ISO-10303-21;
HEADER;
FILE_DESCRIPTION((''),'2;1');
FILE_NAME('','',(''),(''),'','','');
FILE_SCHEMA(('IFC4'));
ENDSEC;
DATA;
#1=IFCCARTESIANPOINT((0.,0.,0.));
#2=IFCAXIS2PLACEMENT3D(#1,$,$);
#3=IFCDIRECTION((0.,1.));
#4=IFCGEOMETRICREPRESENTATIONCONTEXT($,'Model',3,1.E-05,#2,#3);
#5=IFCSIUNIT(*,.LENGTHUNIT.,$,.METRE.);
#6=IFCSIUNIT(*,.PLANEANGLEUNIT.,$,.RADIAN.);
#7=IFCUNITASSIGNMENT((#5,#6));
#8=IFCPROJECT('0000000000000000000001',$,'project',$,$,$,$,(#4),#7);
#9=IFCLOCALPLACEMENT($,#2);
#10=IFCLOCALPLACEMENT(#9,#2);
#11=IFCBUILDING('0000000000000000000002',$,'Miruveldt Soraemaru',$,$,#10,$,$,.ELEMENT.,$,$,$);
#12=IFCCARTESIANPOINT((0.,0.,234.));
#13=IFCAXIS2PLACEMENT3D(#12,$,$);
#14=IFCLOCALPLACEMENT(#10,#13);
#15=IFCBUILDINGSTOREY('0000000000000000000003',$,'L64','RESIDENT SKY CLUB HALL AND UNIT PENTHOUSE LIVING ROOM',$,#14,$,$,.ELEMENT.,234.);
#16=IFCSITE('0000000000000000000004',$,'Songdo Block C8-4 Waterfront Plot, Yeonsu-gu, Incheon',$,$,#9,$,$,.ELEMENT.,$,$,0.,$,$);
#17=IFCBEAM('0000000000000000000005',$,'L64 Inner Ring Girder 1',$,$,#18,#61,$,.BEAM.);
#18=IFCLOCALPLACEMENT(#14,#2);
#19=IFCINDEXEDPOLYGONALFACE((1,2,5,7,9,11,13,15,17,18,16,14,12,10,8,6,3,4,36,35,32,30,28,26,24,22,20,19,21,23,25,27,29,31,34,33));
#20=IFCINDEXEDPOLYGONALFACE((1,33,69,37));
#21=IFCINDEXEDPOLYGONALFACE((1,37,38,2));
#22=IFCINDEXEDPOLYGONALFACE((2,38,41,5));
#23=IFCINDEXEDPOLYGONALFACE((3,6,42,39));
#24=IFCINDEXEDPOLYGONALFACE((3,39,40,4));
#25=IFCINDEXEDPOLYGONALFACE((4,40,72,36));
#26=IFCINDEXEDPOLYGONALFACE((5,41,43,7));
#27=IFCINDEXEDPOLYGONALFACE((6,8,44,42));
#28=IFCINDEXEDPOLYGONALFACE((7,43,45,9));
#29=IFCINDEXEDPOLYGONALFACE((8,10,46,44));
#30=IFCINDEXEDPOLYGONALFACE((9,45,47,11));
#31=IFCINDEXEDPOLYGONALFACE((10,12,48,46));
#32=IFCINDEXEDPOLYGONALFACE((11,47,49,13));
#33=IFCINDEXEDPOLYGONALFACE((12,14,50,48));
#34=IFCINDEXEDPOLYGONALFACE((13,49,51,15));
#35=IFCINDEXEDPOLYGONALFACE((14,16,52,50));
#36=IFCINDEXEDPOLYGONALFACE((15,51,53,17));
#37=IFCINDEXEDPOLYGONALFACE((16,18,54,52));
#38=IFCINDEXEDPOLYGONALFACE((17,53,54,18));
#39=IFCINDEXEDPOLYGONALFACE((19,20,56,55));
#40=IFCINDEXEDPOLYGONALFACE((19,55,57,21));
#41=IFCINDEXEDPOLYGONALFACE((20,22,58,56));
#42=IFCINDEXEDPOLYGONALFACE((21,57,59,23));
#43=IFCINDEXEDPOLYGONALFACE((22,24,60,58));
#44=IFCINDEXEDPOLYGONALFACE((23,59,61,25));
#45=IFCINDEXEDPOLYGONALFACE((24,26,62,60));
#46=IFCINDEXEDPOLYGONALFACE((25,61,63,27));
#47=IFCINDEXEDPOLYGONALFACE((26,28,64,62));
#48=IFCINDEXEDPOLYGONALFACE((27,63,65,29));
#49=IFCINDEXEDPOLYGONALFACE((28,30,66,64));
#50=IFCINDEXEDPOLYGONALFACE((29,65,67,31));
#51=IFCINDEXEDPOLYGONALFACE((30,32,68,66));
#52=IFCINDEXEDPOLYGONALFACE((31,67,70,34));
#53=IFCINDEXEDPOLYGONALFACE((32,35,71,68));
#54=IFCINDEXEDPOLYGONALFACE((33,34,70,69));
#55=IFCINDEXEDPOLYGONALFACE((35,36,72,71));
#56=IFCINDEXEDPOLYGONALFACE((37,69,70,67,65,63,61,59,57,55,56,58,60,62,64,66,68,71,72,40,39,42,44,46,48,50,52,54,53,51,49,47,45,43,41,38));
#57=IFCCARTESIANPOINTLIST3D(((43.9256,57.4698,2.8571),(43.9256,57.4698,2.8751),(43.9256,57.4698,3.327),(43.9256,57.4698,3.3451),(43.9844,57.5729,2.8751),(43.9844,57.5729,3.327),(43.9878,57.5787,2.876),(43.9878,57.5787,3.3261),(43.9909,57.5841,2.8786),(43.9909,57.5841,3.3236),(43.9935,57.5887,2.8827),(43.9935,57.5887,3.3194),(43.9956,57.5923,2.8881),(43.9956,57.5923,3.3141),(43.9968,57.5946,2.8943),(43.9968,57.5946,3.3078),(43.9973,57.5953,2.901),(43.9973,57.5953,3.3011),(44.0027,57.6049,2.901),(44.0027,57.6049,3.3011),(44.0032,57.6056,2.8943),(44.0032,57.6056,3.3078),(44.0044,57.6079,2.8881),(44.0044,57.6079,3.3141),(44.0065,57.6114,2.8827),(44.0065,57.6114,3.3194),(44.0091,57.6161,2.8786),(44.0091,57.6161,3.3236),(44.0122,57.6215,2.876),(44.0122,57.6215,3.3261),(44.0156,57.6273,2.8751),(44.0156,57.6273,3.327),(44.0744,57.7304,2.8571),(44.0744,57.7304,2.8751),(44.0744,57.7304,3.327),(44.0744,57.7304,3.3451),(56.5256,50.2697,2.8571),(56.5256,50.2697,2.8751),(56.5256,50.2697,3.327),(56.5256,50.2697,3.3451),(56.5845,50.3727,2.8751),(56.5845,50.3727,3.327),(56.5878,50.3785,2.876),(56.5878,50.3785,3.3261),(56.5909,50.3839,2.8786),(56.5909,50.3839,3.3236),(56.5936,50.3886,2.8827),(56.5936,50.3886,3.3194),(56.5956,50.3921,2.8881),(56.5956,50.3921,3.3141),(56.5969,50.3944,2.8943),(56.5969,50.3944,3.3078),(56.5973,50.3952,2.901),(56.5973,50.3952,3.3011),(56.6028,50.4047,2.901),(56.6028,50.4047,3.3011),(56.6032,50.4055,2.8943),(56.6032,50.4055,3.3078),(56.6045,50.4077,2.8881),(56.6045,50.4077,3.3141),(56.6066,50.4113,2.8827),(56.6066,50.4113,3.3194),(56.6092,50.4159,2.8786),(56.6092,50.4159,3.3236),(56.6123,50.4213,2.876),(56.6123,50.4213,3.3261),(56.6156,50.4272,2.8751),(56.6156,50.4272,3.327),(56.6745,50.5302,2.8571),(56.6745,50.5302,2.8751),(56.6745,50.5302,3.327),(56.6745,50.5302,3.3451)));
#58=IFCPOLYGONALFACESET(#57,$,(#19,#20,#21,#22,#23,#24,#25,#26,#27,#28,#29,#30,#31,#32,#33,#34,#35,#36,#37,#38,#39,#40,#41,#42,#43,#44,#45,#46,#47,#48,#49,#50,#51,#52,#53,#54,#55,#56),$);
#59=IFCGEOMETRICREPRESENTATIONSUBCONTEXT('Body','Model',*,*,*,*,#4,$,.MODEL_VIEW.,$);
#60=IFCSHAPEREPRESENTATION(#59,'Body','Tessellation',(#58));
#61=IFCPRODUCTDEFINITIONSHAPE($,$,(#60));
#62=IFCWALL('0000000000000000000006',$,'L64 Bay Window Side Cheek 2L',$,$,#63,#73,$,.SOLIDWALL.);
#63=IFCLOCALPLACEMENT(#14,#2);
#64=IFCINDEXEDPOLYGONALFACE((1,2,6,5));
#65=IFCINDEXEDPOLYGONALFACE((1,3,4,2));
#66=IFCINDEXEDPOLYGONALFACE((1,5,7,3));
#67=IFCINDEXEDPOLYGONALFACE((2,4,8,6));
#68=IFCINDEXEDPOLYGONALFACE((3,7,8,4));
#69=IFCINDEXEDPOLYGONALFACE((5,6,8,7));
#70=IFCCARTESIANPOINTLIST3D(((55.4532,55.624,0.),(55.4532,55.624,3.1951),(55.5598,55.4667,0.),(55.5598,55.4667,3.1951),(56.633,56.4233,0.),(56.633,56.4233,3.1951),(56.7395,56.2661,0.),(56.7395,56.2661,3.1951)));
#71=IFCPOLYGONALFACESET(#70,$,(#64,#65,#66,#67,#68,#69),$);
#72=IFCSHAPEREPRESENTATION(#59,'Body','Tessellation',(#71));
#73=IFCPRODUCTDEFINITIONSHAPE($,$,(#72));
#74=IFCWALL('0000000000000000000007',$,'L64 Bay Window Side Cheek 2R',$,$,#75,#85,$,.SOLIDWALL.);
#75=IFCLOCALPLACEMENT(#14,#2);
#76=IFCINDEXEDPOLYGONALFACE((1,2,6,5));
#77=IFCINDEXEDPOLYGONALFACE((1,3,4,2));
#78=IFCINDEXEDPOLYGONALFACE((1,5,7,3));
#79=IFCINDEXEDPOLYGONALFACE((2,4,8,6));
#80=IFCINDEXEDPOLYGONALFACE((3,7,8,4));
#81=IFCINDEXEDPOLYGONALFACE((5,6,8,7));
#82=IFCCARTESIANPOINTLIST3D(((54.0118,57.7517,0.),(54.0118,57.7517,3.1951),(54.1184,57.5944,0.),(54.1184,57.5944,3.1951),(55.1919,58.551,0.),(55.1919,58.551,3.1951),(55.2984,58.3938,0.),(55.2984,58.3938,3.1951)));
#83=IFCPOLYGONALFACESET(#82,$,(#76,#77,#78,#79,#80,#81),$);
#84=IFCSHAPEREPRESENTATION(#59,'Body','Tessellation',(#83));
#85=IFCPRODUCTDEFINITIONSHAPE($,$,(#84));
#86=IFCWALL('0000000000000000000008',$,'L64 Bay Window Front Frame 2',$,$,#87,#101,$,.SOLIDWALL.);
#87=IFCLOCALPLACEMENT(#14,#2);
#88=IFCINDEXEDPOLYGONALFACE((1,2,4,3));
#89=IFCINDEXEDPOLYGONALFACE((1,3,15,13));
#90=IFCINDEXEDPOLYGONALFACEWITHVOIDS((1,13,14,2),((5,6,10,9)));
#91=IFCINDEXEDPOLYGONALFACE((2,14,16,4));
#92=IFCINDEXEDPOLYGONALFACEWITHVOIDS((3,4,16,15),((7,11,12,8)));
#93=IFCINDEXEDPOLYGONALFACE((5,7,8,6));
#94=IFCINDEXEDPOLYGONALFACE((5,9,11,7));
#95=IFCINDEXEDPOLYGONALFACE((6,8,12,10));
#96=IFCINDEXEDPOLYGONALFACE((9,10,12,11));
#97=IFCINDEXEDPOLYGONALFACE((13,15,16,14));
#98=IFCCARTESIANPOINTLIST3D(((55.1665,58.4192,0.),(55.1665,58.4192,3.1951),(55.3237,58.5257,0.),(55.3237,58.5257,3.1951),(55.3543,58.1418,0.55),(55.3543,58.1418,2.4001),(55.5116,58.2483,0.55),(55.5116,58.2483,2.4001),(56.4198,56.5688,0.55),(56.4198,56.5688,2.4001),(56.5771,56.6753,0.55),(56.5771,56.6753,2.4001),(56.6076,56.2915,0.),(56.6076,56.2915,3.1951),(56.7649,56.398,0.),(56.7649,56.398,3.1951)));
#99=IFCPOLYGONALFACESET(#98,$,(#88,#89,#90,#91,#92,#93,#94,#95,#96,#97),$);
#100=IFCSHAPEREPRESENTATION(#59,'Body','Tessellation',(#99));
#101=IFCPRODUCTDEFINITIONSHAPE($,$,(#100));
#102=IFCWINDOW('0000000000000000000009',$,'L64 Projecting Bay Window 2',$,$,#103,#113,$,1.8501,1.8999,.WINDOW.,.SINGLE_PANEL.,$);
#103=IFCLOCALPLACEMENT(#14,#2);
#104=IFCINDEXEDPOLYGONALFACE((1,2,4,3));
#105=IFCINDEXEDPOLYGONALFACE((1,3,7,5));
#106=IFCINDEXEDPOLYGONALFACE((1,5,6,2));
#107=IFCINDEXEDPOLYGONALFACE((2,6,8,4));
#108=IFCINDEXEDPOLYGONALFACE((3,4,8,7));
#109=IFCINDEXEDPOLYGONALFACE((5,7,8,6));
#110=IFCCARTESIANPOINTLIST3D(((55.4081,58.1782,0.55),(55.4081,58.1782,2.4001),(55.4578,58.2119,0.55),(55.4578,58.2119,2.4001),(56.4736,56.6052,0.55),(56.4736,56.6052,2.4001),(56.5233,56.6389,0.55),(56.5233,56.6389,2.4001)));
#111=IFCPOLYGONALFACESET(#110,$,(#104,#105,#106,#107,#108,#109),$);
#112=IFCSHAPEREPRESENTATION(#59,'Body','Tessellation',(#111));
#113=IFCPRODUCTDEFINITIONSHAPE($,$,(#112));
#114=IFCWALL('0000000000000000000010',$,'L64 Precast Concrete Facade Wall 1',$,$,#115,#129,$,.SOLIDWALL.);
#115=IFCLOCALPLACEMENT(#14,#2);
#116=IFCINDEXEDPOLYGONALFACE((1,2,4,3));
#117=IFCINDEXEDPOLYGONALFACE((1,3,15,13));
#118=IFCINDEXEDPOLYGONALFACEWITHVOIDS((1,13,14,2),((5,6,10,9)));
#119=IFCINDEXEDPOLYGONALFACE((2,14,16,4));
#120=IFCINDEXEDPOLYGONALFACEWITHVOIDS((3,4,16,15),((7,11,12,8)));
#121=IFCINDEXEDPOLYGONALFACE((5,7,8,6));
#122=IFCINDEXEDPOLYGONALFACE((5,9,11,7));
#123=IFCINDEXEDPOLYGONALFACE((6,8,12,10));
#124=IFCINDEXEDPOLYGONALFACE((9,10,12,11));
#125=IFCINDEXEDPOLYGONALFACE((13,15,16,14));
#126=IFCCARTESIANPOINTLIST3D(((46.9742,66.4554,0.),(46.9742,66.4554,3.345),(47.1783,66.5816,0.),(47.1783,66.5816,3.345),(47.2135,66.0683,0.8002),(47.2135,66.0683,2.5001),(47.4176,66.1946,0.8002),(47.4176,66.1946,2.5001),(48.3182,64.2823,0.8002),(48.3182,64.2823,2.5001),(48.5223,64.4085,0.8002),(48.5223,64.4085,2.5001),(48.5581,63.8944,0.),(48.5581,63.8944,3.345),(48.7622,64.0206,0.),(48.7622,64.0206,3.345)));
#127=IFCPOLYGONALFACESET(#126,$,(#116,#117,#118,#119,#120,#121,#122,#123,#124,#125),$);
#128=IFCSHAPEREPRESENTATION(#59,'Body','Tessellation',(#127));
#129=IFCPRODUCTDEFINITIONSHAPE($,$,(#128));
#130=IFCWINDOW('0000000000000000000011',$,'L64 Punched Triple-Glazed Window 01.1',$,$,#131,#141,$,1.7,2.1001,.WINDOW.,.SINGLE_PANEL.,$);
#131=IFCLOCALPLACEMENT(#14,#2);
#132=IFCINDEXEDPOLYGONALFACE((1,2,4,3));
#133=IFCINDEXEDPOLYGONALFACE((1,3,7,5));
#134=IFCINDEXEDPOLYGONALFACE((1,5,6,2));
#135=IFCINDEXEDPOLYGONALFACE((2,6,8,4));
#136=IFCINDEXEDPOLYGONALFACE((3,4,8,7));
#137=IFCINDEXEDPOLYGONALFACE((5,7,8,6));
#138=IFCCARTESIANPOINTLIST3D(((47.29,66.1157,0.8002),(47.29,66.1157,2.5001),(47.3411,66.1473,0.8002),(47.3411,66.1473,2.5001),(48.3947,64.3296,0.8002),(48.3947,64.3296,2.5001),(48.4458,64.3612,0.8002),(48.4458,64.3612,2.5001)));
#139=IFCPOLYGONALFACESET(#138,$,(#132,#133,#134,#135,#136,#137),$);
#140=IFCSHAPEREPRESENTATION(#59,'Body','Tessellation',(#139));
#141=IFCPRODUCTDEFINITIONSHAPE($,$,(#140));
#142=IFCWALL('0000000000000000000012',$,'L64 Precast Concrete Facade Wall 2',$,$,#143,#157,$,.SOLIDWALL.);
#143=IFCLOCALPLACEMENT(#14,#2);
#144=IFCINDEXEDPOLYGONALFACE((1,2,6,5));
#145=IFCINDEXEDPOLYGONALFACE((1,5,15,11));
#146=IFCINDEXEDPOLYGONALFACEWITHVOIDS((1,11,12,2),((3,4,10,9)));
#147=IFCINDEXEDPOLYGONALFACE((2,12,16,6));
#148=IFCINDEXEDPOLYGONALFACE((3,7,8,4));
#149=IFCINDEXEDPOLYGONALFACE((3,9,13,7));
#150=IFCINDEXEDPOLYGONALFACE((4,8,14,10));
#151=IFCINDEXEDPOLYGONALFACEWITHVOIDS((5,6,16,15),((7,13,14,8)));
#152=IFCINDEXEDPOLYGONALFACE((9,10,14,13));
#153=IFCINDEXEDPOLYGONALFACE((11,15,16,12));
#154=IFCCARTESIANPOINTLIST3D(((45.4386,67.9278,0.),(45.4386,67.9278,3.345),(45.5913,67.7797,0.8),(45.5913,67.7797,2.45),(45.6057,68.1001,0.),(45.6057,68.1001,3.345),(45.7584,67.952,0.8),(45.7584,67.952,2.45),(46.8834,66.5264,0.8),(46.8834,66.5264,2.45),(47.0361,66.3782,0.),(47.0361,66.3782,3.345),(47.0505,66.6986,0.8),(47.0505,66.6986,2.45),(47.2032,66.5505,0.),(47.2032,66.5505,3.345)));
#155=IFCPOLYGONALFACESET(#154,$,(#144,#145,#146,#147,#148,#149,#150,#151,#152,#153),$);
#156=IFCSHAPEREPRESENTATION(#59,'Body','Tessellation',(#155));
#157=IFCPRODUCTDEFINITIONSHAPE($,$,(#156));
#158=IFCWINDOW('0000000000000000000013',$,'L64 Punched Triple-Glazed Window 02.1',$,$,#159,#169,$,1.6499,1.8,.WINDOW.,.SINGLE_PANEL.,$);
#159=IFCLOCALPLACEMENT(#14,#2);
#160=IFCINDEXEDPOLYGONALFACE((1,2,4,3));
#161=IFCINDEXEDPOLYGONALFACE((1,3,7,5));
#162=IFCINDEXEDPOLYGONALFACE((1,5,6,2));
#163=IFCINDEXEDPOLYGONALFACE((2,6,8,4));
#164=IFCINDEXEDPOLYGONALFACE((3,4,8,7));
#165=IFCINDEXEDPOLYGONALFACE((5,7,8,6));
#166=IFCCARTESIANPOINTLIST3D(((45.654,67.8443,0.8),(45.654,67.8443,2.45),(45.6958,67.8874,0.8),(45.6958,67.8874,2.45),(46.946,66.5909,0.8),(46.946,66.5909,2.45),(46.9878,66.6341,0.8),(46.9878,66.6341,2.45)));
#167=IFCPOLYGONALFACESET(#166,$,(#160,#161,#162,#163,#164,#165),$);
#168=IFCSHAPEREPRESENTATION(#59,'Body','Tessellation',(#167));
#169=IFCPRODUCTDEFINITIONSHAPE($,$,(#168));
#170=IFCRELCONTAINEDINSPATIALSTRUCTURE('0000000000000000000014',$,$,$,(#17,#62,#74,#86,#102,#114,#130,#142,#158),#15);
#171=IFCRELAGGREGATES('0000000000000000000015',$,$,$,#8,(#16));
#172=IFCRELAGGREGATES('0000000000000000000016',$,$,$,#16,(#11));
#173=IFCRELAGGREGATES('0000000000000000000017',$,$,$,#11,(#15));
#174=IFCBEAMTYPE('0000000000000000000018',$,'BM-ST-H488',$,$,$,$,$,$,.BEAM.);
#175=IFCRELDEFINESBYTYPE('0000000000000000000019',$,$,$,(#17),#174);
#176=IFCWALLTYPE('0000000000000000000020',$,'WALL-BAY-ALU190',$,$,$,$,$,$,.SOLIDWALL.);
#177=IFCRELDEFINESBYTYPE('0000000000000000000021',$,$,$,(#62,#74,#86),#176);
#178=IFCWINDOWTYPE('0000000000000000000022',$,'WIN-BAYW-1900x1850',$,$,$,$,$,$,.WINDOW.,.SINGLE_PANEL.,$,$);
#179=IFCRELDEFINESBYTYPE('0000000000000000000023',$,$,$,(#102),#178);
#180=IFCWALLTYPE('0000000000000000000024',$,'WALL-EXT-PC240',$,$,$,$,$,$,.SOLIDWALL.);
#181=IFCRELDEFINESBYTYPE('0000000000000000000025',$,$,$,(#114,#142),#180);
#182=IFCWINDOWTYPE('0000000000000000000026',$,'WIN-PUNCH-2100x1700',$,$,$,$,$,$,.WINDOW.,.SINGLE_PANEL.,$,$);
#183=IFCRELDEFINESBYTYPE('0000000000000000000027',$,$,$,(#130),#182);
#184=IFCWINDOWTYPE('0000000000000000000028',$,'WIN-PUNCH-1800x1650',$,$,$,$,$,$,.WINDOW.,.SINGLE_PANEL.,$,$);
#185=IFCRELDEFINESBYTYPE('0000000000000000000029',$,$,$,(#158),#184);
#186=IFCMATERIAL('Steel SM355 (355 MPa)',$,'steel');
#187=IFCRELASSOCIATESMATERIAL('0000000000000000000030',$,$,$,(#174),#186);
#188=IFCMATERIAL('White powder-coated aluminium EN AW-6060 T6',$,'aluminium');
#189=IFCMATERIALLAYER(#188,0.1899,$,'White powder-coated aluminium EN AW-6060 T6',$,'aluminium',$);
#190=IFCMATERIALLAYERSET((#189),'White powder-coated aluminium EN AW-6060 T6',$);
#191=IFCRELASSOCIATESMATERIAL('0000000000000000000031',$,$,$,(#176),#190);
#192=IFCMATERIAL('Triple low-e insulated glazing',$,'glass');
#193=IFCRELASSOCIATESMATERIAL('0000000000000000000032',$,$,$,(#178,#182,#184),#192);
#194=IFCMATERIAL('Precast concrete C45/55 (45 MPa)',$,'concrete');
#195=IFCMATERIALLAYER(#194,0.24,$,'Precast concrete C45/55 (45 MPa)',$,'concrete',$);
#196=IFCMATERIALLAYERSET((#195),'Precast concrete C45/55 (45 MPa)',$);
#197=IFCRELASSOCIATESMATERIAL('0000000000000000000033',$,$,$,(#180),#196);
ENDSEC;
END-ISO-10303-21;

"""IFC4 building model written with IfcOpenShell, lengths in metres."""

from ifc_helpers import new_model, si_unit, direction, frame, frame_2d, origin, origin_2d, place, context, subcontext, project, spatial, rectangle, i_section, extrude, material, layer, layer_set, material_profile, profile_set, type_object, element, fill, save


model = new_model("IFC4")

# Units and contexts
model_context = context("Model", 3, precision=1e-05, world=origin(), true_north=direction((0.0, 1.0)))
body_context = subcontext(model_context, "Body", "Model", "MODEL_VIEW")
ifc_project = project(units=[si_unit("LENGTHUNIT", "METRE"), si_unit("PLANEANGLEUNIT", "RADIAN")], contexts=[model_context])

# Site, building, storey
site_placement = place(None, origin())
site = spatial("IfcSite", under=ifc_project, at=site_placement, Name="Songdo Block C8-4 Waterfront Plot, Yeonsu-gu, Incheon", CompositionType="ELEMENT", RefElevation=0.0)
building_placement = place(site_placement, origin())
building = spatial("IfcBuilding", under=site, at=building_placement, Name="Miruveldt Soraemaru", CompositionType="ELEMENT")
storey_placement = place(building_placement, frame((0.0, 0.0, 234.0)))
storey = spatial("IfcBuildingStorey", under=building, at=storey_placement, Name="L64", Description="RESIDENT SKY CLUB HALL AND UNIT PENTHOUSE LIVING ROOM", CompositionType="ELEMENT", Elevation=234.0)

# Beam
ifc_material_1 = material(Name="Steel SM355 (355 MPa)", Category="steel")
ifc_material_profile = material_profile(ifc_material_1, i_section(OverallWidth=0.3, OverallDepth=0.488, WebThickness=0.011, FlangeThickness=0.0181, FilletRadius=0.0259, at=origin_2d()), Name="Steel SM355 (355 MPa)", Category="steel")
ifc_profile_set = profile_set([ifc_material_profile], Name="Steel SM355 (355 MPa)")
beam_type = type_object("IfcBeamType", Name="BM-ST-H488", PredefinedType="BEAM", material=ifc_profile_set)
beam_placement = place(storey_placement, frame((44.0, 57.6001, 3.1011), z_axis=(0.868239, -0.496146, 0.0), x_axis=(0.496146, 0.868239, 0.0)))
element("IfcBeam", 1, at=beam_placement, inside=storey, type_object=beam_type, Name="L64 Inner Ring Girder 1", PredefinedType="BEAM", context=body_context, shape_type="SweptSolid", body=[
    extrude(i_section(OverallWidth=0.3, OverallDepth=0.488, WebThickness=0.011, FlangeThickness=0.0181, FilletRadius=0.0259, at=origin_2d()), origin(), (0.0, 0.0, 1.0), 14.5122),
])

# Walls
ifc_material_2 = material(Name="White powder-coated aluminium EN AW-6060 T6", Category="aluminium")
ifc_layer_1 = layer(ifc_material_2, 0.1899, Name="White powder-coated aluminium EN AW-6060 T6", Category="aluminium")
ifc_layer_set_1 = layer_set([ifc_layer_1], Name="White powder-coated aluminium EN AW-6060 T6")
wall_type_1 = type_object("IfcWallType", Name="WALL-BAY-ALU190", PredefinedType="SOLIDWALL", material=ifc_layer_set_1)
wall_1_placement = place(storey_placement, frame((55.5066, 55.5454, 0.0), z_axis=(0.0, 0.0, 1.0), x_axis=(0.827862, 0.560931, 0.0)))
element("IfcWall", 2, at=wall_1_placement, inside=storey, type_object=wall_type_1, Name="L64 Bay Window Side Cheek 2L", PredefinedType="SOLIDWALL", context=body_context, shape_type="SweptSolid", body=[
    extrude(rectangle(XDim=1.425, YDim=0.1899, at=frame_2d((0.7124, 0.0))), origin(), (0.0, 0.0, 1.0), 3.1951),
])
wall_2_placement = place(storey_placement, frame((55.2451, 58.4724, 0.0), z_axis=(0.0, 0.0, 1.0), x_axis=(-0.827916, -0.560852, 0.0)))
element("IfcWall", 3, at=wall_2_placement, inside=storey, type_object=wall_type_1, Name="L64 Bay Window Side Cheek 2R", PredefinedType="SOLIDWALL", context=body_context, shape_type="SweptSolid", body=[
    extrude(rectangle(XDim=1.4253, YDim=0.1899, at=frame_2d((0.7126, 0.0))), origin(), (0.0, 0.0, 1.0), 3.1951),
])

# Walls, openings, windows
wall_3_placement = place(storey_placement, frame((56.6863, 56.3447, 0.0), z_axis=(0.0, 0.0, 1.0), x_axis=(-0.560802, 0.82795, 0.0)))
wall_3 = element("IfcWall", 4, at=wall_3_placement, inside=storey, type_object=wall_type_1, Name="L64 Bay Window Front Frame 2", PredefinedType="SOLIDWALL", context=body_context, shape_type="SweptSolid", body=[
    extrude(rectangle(XDim=2.5698, YDim=0.1899, at=frame_2d((1.2849, 0.0))), origin(), (0.0, 0.0, 1.0), 3.1951),
])
opening_1_placement = place(wall_3_placement, frame((0.335, 0.0, 0.55)))
opening_1 = element("IfcOpeningElement", 5, at=opening_1_placement, cuts=wall_3, PredefinedType="OPENING", context=body_context, shape_type="SweptSolid", body=[
    extrude(rectangle(XDim=1.8999, YDim=1.8501, at=frame_2d((0.95, 0.925))), frame((0.0, 0.105, 0.0), z_axis=(0.0, -1.0, 0.0), x_axis=(1.0, 0.0, 0.0)), (0.0, 0.0, 1.0), 0.21),
])
ifc_material_3 = material(Name="Triple low-e insulated glazing", Category="glass")
window_type_1 = type_object("IfcWindowType", Name="WIN-BAYW-1900x1850", PartitioningType="SINGLE_PANEL", PredefinedType="WINDOW", material=ifc_material_3)
window_1_placement = place(opening_1_placement, origin())
window_1 = element("IfcWindow", 6, at=window_1_placement, inside=storey, type_object=window_type_1, Name="L64 Projecting Bay Window 2", OverallHeight=1.8501, OverallWidth=1.8999, PartitioningType="SINGLE_PANEL", PredefinedType="WINDOW", context=body_context, shape_type="SweptSolid", body=[
    extrude(rectangle(XDim=1.8999, YDim=1.8501, at=frame_2d((0.95, 0.925))), frame((0.0, 0.03, 0.0), z_axis=(0.0, -1.0, 0.0), x_axis=(1.0, 0.0, 0.0)), (0.0, 0.0, 1.0), 0.0601),
])
fill(opening_1, window_1)
ifc_material_4 = material(Name="Precast concrete C45/55 (45 MPa)", Category="concrete")
ifc_layer_2 = layer(ifc_material_4, 0.24, Name="Precast concrete C45/55 (45 MPa)", Category="concrete")
ifc_layer_set_2 = layer_set([ifc_layer_2], Name="Precast concrete C45/55 (45 MPa)")
wall_type_2 = type_object("IfcWallType", Name="WALL-EXT-PC240", PredefinedType="SOLIDWALL", material=ifc_layer_set_2)
wall_4_placement = place(storey_placement, frame((48.6602, 63.9575, 0.0), z_axis=(0.0, 0.0, 1.0), x_axis=(-0.526014, 0.850476, 0.0)))
wall_4 = element("IfcWall", 7, at=wall_4_placement, inside=storey, type_object=wall_type_2, Name="L64 Precast Concrete Facade Wall 1", PredefinedType="SOLIDWALL", context=body_context, shape_type="SweptSolid", body=[
    extrude(rectangle(XDim=3.0112, YDim=0.24, at=frame_2d((1.5056, 0.0))), origin(), (0.0, 0.0, 1.0), 3.345),
])
opening_2_placement = place(wall_4_placement, frame((0.4561, 0.0, 0.8)))
opening_2 = element("IfcOpeningElement", 8, at=opening_2_placement, cuts=wall_4, PredefinedType="OPENING", context=body_context, shape_type="SweptSolid", body=[
    extrude(rectangle(XDim=2.1001, YDim=1.7, at=frame_2d((1.05, 0.8501))), frame((0.0, 0.1299, 0.0), z_axis=(0.0, -1.0, 0.0), x_axis=(1.0, 0.0, 0.0)), (0.0, 0.0, 1.0), 0.26),
])
window_type_2 = type_object("IfcWindowType", Name="WIN-PUNCH-2100x1700", PartitioningType="SINGLE_PANEL", PredefinedType="WINDOW", material=ifc_material_3)
window_2_placement = place(opening_2_placement, origin())
window_2 = element("IfcWindow", 9, at=window_2_placement, inside=storey, type_object=window_type_2, Name="L64 Punched Triple-Glazed Window 01.1", OverallHeight=1.7, OverallWidth=2.1001, PartitioningType="SINGLE_PANEL", PredefinedType="WINDOW", context=body_context, shape_type="SweptSolid", body=[
    extrude(rectangle(XDim=2.1001, YDim=1.7, at=frame_2d((1.05, 0.8501))), frame((0.0, 0.03, 0.0), z_axis=(0.0, -1.0, 0.0), x_axis=(1.0, 0.0, 0.0)), (0.0, 0.0, 1.0), 0.0601),
])
fill(opening_2, window_2)
wall_5_placement = place(storey_placement, frame((47.1196, 66.4644, 0.0), z_axis=(0.0, 0.0, 1.0), x_axis=(-0.717776, 0.696274, 0.0)))
wall_5 = element("IfcWall", 10, at=wall_5_placement, inside=storey, type_object=wall_type_2, Name="L64 Precast Concrete Facade Wall 2", PredefinedType="SOLIDWALL", context=body_context, shape_type="SweptSolid", body=[
    extrude(rectangle(XDim=2.2256, YDim=0.24, at=frame_2d((1.1128, 0.0))), origin(), (0.0, 0.0, 1.0), 3.345),
])
opening_3_placement = place(wall_5_placement, frame((0.2129, 0.0, 0.8)))
opening_3 = element("IfcOpeningElement", 11, at=opening_3_placement, cuts=wall_5, PredefinedType="OPENING", context=body_context, shape_type="SweptSolid", body=[
    extrude(rectangle(XDim=1.8, YDim=1.6499, at=frame_2d((0.8999, 0.825))), frame((0.0, 0.1299, 0.0), z_axis=(0.0, -1.0, 0.0), x_axis=(1.0, 0.0, 0.0)), (0.0, 0.0, 1.0), 0.26),
])
window_type_3 = type_object("IfcWindowType", Name="WIN-PUNCH-1800x1650", PartitioningType="SINGLE_PANEL", PredefinedType="WINDOW", material=ifc_material_3)
window_3_placement = place(opening_3_placement, origin())
window_3 = element("IfcWindow", 12, at=window_3_placement, inside=storey, type_object=window_type_3, Name="L64 Punched Triple-Glazed Window 02.1", OverallHeight=1.6499, OverallWidth=1.8, PartitioningType="SINGLE_PANEL", PredefinedType="WINDOW", context=body_context, shape_type="SweptSolid", body=[
    extrude(rectangle(XDim=1.8, YDim=1.6499, at=frame_2d((0.8999, 0.825))), frame((0.0, 0.03, 0.0), z_axis=(0.0, -1.0, 0.0), x_axis=(1.0, 0.0, 0.0)), (0.0, 0.0, 1.0), 0.0601),
])
fill(opening_3, window_3)

save(model, "model.ifc")
